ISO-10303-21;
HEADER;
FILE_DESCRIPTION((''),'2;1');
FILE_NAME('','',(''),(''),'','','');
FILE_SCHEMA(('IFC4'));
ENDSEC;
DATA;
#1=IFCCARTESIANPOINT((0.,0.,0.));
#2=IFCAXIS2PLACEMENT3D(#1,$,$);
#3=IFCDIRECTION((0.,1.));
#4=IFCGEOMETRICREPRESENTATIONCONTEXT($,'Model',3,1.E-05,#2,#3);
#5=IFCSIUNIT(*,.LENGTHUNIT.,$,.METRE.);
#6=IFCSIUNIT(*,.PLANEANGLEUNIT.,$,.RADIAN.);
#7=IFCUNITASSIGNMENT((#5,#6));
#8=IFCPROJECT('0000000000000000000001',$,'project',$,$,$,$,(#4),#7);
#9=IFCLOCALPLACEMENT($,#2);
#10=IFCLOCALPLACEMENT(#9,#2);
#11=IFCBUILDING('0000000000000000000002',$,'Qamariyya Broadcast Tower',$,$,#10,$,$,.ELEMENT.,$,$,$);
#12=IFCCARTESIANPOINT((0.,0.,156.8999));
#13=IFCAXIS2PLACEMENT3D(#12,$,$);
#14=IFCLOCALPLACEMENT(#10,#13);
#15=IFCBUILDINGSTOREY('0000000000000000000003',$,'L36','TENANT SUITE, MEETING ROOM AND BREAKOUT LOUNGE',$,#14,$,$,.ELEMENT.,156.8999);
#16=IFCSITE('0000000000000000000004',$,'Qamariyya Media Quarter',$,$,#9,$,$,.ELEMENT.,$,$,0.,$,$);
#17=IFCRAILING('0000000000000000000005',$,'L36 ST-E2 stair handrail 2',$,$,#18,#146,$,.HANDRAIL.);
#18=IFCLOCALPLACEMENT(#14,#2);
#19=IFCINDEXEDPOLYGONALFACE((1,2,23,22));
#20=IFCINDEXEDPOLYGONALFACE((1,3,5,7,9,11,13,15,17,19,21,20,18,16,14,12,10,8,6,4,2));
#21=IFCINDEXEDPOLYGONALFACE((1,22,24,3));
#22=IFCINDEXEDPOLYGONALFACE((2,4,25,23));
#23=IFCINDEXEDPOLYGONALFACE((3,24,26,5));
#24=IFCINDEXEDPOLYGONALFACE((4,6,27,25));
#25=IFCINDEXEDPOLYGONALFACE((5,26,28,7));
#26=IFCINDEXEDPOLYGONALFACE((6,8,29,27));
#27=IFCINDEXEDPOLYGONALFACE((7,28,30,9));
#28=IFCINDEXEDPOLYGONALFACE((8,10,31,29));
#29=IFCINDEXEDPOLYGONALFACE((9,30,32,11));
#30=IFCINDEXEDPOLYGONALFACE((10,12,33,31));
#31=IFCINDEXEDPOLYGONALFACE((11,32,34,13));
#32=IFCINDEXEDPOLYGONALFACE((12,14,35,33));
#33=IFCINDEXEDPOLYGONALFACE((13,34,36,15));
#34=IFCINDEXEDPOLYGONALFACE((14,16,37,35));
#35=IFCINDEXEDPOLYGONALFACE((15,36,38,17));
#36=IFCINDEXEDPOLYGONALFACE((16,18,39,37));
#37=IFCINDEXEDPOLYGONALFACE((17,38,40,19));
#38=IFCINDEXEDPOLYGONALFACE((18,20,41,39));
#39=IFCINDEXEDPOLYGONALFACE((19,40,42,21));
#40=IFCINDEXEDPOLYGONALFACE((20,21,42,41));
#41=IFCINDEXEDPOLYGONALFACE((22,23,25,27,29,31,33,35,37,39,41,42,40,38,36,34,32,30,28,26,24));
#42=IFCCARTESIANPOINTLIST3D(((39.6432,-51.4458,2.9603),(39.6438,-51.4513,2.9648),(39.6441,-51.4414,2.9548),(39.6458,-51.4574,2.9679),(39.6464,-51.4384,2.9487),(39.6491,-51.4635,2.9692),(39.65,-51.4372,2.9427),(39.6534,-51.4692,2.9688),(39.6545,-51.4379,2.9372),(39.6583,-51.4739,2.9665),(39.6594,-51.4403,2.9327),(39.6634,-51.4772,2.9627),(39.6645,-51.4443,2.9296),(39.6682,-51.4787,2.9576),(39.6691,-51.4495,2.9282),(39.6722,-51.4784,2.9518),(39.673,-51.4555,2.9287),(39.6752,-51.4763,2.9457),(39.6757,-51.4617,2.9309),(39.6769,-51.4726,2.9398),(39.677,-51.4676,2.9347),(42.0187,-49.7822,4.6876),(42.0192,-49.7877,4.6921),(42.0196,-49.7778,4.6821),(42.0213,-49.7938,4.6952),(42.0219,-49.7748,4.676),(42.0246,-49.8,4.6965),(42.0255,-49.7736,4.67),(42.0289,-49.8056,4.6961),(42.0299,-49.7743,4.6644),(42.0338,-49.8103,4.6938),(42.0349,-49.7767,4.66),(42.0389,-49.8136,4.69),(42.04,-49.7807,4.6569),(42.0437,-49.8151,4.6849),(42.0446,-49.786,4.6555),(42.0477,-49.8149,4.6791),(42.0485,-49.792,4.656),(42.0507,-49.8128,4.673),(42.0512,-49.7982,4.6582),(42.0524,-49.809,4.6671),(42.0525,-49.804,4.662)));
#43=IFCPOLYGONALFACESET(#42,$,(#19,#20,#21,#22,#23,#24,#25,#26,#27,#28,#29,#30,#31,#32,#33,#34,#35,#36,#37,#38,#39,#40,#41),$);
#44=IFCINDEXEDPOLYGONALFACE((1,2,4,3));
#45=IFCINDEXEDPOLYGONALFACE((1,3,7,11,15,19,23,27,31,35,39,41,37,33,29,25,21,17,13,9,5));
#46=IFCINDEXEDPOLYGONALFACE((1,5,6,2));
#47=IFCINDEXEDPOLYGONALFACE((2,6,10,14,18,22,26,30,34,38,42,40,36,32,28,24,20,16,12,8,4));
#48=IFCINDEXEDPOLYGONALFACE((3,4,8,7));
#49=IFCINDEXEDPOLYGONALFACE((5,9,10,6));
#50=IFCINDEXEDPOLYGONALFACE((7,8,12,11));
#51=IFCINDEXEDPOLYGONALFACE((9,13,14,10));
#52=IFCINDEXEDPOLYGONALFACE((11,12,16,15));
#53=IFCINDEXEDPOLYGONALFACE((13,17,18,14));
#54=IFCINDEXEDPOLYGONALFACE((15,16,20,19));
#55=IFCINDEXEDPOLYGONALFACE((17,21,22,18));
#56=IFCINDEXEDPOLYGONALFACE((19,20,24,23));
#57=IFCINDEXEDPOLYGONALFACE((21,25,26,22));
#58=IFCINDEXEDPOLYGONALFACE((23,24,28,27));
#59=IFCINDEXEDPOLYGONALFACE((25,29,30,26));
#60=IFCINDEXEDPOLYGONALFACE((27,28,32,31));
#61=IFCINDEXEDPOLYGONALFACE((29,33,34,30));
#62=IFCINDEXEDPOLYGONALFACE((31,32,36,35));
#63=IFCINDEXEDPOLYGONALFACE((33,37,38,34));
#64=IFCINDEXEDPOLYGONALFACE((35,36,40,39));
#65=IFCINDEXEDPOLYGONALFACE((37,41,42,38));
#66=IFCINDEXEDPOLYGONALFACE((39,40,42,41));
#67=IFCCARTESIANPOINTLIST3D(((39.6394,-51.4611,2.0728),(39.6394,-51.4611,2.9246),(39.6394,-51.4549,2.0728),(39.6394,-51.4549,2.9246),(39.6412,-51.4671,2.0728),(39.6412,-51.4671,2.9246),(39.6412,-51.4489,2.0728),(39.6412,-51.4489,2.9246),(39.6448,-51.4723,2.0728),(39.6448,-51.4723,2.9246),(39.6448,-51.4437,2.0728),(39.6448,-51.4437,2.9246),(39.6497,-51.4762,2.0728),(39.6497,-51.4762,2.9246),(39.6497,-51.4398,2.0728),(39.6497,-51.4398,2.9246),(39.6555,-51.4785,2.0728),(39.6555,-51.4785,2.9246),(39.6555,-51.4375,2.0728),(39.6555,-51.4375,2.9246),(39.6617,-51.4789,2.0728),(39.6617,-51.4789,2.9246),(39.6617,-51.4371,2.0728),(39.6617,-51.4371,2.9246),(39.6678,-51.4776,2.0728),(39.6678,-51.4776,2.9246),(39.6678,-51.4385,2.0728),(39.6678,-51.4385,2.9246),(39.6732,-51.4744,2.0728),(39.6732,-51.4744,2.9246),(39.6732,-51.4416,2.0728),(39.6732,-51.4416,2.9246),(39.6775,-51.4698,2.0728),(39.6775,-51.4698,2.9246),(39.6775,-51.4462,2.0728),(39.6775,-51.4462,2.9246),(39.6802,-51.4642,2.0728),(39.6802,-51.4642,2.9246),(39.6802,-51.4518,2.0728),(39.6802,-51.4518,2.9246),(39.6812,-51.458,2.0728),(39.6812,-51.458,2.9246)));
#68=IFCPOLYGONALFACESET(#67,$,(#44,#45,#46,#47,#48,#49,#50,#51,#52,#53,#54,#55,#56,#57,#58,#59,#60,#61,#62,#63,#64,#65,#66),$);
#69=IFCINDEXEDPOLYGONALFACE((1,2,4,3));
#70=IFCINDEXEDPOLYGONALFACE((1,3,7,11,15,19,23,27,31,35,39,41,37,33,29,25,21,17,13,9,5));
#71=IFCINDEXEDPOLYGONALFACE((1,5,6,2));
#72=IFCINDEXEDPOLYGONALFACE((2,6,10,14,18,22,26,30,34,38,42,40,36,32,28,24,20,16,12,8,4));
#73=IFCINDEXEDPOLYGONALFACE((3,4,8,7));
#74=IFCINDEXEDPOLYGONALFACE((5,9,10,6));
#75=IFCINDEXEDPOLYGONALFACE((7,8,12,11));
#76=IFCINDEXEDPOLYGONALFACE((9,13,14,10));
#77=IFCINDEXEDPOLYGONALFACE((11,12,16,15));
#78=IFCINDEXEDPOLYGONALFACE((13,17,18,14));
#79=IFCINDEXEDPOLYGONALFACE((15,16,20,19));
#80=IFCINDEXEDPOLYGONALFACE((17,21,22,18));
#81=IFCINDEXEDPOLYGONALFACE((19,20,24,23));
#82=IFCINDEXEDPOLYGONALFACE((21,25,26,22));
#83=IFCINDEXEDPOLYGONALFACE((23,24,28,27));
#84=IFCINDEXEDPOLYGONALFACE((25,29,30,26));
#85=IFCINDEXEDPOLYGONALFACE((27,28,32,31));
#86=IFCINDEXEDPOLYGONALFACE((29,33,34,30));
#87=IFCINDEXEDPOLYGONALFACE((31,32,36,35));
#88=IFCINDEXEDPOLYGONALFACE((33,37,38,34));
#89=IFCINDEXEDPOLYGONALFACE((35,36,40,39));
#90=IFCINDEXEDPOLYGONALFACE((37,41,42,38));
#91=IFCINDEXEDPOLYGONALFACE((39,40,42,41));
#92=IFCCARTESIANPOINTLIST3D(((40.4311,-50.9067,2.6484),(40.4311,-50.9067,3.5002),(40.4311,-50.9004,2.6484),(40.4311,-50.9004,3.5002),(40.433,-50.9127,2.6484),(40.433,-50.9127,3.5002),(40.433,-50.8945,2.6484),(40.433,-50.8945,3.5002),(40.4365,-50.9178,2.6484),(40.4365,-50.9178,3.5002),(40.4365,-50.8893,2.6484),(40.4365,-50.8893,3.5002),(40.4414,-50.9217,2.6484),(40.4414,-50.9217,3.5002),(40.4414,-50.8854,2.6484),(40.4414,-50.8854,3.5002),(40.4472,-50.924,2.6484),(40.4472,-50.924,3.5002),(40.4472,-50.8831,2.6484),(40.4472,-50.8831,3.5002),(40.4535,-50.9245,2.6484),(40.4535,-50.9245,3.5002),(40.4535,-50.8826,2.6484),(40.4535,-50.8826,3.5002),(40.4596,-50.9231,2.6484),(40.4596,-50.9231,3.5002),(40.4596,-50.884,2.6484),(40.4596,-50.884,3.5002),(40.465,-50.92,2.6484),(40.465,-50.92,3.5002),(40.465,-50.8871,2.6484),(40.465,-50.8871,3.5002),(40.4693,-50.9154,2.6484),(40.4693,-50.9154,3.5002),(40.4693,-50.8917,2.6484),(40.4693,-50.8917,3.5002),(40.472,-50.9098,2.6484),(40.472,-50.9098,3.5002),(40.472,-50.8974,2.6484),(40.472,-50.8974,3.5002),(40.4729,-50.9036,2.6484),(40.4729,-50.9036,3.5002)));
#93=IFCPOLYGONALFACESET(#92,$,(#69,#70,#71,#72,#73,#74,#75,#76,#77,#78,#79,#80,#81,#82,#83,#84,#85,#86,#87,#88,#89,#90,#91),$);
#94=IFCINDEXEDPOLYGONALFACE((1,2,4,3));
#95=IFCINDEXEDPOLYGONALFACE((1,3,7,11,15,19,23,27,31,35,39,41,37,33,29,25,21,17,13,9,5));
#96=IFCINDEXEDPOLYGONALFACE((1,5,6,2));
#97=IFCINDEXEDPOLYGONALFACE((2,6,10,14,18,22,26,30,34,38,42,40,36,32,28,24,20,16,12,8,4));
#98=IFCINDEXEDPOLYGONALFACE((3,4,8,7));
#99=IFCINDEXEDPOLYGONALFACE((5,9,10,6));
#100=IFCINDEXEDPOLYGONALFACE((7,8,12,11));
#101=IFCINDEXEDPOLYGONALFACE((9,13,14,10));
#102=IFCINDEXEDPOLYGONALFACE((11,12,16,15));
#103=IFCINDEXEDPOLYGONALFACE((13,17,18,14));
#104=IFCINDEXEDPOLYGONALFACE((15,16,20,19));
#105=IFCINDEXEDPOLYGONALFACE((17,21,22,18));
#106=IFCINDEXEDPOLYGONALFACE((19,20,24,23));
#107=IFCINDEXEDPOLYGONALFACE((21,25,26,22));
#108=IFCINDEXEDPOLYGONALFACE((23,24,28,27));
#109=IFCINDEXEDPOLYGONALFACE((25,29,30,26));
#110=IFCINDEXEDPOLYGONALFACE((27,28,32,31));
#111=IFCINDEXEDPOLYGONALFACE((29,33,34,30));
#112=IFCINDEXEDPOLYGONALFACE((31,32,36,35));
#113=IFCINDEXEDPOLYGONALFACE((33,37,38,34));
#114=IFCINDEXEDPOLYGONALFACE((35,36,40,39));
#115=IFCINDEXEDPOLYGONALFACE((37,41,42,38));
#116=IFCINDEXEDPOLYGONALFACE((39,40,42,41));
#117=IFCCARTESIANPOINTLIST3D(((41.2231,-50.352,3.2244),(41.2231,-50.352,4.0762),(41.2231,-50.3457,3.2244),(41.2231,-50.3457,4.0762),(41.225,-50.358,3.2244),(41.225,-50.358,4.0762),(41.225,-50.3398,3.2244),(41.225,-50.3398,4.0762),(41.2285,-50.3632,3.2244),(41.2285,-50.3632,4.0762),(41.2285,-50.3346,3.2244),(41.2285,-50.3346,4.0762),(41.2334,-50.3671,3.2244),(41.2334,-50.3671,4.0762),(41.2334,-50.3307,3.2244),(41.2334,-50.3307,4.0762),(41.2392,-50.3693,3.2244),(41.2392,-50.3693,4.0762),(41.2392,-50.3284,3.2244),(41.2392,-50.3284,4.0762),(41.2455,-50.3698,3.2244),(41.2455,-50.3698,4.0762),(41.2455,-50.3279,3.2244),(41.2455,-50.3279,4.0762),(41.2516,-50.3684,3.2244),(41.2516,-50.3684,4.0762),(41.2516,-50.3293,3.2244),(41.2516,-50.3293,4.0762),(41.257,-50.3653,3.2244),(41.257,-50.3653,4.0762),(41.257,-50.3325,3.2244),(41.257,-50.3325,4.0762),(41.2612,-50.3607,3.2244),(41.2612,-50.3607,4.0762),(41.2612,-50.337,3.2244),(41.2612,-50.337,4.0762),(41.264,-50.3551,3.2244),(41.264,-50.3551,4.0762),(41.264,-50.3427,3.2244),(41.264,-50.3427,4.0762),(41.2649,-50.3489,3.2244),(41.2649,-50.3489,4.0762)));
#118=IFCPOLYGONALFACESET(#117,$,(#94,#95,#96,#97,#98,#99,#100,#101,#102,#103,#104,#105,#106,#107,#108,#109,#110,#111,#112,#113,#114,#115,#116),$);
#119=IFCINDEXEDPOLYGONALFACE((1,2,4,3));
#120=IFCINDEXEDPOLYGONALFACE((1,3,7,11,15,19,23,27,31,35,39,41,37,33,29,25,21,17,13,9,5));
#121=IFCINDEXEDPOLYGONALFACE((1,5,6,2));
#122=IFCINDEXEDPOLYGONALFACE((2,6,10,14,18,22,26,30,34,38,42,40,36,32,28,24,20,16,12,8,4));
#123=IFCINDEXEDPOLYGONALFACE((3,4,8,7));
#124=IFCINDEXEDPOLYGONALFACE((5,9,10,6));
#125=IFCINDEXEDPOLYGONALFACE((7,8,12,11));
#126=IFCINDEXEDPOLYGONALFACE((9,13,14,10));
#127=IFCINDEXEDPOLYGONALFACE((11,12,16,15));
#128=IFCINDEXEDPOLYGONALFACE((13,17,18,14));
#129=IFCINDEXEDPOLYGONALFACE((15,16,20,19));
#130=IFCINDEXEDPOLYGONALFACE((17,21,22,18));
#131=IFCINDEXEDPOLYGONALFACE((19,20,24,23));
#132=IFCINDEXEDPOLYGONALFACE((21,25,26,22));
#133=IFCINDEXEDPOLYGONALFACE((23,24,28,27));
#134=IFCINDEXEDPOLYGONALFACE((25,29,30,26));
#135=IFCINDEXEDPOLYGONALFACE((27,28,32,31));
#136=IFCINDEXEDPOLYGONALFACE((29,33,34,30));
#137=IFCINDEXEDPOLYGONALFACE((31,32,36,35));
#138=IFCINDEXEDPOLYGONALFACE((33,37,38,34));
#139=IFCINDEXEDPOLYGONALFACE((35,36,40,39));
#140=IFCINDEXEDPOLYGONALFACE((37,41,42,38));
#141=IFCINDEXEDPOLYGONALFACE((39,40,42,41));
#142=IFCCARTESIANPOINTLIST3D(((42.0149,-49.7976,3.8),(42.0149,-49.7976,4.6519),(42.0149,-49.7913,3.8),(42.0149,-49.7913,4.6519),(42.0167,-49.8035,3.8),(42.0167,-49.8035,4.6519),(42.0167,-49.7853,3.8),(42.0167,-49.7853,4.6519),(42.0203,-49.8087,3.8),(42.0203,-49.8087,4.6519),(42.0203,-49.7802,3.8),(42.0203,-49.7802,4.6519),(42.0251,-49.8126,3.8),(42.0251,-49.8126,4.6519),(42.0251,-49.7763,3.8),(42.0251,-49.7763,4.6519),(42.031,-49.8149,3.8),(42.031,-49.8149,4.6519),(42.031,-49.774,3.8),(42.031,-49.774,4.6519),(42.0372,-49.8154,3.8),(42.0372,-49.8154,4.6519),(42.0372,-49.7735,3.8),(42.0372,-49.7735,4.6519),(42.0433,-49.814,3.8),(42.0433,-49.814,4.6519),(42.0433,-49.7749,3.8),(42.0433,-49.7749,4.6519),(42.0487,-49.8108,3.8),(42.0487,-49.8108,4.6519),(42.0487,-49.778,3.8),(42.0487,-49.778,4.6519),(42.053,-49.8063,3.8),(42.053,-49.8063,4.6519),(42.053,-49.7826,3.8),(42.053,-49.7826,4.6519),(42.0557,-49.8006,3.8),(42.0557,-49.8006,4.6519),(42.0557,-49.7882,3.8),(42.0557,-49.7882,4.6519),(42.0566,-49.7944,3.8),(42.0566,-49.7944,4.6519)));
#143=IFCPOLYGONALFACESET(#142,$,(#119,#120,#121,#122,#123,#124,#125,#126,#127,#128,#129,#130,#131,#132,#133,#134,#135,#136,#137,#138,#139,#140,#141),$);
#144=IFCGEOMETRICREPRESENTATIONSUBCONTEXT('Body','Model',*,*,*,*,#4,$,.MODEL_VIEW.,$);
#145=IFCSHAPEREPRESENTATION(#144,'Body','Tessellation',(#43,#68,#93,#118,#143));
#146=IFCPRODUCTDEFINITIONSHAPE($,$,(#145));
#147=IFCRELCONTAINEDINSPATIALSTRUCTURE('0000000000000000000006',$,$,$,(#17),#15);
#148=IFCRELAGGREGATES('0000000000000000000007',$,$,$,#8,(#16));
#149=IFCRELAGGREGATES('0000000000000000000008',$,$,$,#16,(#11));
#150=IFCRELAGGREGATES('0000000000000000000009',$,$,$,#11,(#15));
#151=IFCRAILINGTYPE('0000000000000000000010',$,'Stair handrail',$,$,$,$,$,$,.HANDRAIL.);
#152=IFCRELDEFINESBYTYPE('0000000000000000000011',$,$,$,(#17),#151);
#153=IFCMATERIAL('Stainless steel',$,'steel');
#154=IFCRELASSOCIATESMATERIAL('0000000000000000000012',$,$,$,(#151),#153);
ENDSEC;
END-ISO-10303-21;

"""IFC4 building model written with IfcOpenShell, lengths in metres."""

from ifc_helpers import new_model, si_unit, direction, frame, origin, origin_2d, place, context, subcontext, project, spatial, circle, extrude, material, type_object, element, save


model = new_model("IFC4")

# Units and contexts
model_context = context("Model", 3, precision=1e-05, world=origin(), true_north=direction((0.0, 1.0)))
body_context = subcontext(model_context, "Body", "Model", "MODEL_VIEW")
ifc_project = project(units=[si_unit("LENGTHUNIT", "METRE"), si_unit("PLANEANGLEUNIT", "RADIAN")], contexts=[model_context])

# Site, building, storey
site_placement = place(None, origin())
site = spatial("IfcSite", under=ifc_project, at=site_placement, Name="Qamariyya Media Quarter", CompositionType="ELEMENT", RefElevation=0.0)
building_placement = place(site_placement, origin())
building = spatial("IfcBuilding", under=site, at=building_placement, Name="Qamariyya Broadcast Tower", CompositionType="ELEMENT")
storey_placement = place(building_placement, frame((0.0, 0.0, 156.8999)))
storey = spatial("IfcBuildingStorey", under=building, at=storey_placement, Name="L36", Description="TENANT SUITE, MEETING ROOM AND BREAKOUT LOUNGE", CompositionType="ELEMENT", Elevation=156.8999)

# Railing
ifc_material_1 = material(Name="Stainless steel", Category="steel")
railing_type_1 = type_object("IfcRailingType", Name="Stair handrail", PredefinedType="HANDRAIL", material=ifc_material_1)
railing_1_placement = place(storey_placement, frame((39.6602, -51.458, 2.0728)))
element("IfcRailing", 1, at=railing_1_placement, inside=storey, type_object=railing_type_1, Name="L36 ST-E2 stair handrail 2", PredefinedType="HANDRAIL", context=body_context, shape_type="SweptSolid", body=[
    extrude(circle(Radius=0.0239, at=origin_2d()), frame((0.0, 0.0, 0.876), z_axis=(0.703745, 0.492838, 0.511716), x_axis=(-0.573632, 0.819113, 0.0)), (0.0, 0.0, 1.0), 3.3755),
    extrude(circle(Radius=0.021, at=origin_2d()), origin(), (0.0, 0.0, 1.0), 0.8518),
    extrude(circle(Radius=0.021, at=origin_2d()), frame((0.7917, 0.5544, 0.5757)), (0.0, 0.0, 1.0), 0.8518),
    extrude(circle(Radius=0.021, at=origin_2d()), frame((1.5837, 1.1091, 1.1516)), (0.0, 0.0, 1.0), 0.8518),
    extrude(circle(Radius=0.021, at=origin_2d()), frame((2.3755, 1.6636, 1.7273)), (0.0, 0.0, 1.0), 0.8518),
])

save(model, "model.ifc")
